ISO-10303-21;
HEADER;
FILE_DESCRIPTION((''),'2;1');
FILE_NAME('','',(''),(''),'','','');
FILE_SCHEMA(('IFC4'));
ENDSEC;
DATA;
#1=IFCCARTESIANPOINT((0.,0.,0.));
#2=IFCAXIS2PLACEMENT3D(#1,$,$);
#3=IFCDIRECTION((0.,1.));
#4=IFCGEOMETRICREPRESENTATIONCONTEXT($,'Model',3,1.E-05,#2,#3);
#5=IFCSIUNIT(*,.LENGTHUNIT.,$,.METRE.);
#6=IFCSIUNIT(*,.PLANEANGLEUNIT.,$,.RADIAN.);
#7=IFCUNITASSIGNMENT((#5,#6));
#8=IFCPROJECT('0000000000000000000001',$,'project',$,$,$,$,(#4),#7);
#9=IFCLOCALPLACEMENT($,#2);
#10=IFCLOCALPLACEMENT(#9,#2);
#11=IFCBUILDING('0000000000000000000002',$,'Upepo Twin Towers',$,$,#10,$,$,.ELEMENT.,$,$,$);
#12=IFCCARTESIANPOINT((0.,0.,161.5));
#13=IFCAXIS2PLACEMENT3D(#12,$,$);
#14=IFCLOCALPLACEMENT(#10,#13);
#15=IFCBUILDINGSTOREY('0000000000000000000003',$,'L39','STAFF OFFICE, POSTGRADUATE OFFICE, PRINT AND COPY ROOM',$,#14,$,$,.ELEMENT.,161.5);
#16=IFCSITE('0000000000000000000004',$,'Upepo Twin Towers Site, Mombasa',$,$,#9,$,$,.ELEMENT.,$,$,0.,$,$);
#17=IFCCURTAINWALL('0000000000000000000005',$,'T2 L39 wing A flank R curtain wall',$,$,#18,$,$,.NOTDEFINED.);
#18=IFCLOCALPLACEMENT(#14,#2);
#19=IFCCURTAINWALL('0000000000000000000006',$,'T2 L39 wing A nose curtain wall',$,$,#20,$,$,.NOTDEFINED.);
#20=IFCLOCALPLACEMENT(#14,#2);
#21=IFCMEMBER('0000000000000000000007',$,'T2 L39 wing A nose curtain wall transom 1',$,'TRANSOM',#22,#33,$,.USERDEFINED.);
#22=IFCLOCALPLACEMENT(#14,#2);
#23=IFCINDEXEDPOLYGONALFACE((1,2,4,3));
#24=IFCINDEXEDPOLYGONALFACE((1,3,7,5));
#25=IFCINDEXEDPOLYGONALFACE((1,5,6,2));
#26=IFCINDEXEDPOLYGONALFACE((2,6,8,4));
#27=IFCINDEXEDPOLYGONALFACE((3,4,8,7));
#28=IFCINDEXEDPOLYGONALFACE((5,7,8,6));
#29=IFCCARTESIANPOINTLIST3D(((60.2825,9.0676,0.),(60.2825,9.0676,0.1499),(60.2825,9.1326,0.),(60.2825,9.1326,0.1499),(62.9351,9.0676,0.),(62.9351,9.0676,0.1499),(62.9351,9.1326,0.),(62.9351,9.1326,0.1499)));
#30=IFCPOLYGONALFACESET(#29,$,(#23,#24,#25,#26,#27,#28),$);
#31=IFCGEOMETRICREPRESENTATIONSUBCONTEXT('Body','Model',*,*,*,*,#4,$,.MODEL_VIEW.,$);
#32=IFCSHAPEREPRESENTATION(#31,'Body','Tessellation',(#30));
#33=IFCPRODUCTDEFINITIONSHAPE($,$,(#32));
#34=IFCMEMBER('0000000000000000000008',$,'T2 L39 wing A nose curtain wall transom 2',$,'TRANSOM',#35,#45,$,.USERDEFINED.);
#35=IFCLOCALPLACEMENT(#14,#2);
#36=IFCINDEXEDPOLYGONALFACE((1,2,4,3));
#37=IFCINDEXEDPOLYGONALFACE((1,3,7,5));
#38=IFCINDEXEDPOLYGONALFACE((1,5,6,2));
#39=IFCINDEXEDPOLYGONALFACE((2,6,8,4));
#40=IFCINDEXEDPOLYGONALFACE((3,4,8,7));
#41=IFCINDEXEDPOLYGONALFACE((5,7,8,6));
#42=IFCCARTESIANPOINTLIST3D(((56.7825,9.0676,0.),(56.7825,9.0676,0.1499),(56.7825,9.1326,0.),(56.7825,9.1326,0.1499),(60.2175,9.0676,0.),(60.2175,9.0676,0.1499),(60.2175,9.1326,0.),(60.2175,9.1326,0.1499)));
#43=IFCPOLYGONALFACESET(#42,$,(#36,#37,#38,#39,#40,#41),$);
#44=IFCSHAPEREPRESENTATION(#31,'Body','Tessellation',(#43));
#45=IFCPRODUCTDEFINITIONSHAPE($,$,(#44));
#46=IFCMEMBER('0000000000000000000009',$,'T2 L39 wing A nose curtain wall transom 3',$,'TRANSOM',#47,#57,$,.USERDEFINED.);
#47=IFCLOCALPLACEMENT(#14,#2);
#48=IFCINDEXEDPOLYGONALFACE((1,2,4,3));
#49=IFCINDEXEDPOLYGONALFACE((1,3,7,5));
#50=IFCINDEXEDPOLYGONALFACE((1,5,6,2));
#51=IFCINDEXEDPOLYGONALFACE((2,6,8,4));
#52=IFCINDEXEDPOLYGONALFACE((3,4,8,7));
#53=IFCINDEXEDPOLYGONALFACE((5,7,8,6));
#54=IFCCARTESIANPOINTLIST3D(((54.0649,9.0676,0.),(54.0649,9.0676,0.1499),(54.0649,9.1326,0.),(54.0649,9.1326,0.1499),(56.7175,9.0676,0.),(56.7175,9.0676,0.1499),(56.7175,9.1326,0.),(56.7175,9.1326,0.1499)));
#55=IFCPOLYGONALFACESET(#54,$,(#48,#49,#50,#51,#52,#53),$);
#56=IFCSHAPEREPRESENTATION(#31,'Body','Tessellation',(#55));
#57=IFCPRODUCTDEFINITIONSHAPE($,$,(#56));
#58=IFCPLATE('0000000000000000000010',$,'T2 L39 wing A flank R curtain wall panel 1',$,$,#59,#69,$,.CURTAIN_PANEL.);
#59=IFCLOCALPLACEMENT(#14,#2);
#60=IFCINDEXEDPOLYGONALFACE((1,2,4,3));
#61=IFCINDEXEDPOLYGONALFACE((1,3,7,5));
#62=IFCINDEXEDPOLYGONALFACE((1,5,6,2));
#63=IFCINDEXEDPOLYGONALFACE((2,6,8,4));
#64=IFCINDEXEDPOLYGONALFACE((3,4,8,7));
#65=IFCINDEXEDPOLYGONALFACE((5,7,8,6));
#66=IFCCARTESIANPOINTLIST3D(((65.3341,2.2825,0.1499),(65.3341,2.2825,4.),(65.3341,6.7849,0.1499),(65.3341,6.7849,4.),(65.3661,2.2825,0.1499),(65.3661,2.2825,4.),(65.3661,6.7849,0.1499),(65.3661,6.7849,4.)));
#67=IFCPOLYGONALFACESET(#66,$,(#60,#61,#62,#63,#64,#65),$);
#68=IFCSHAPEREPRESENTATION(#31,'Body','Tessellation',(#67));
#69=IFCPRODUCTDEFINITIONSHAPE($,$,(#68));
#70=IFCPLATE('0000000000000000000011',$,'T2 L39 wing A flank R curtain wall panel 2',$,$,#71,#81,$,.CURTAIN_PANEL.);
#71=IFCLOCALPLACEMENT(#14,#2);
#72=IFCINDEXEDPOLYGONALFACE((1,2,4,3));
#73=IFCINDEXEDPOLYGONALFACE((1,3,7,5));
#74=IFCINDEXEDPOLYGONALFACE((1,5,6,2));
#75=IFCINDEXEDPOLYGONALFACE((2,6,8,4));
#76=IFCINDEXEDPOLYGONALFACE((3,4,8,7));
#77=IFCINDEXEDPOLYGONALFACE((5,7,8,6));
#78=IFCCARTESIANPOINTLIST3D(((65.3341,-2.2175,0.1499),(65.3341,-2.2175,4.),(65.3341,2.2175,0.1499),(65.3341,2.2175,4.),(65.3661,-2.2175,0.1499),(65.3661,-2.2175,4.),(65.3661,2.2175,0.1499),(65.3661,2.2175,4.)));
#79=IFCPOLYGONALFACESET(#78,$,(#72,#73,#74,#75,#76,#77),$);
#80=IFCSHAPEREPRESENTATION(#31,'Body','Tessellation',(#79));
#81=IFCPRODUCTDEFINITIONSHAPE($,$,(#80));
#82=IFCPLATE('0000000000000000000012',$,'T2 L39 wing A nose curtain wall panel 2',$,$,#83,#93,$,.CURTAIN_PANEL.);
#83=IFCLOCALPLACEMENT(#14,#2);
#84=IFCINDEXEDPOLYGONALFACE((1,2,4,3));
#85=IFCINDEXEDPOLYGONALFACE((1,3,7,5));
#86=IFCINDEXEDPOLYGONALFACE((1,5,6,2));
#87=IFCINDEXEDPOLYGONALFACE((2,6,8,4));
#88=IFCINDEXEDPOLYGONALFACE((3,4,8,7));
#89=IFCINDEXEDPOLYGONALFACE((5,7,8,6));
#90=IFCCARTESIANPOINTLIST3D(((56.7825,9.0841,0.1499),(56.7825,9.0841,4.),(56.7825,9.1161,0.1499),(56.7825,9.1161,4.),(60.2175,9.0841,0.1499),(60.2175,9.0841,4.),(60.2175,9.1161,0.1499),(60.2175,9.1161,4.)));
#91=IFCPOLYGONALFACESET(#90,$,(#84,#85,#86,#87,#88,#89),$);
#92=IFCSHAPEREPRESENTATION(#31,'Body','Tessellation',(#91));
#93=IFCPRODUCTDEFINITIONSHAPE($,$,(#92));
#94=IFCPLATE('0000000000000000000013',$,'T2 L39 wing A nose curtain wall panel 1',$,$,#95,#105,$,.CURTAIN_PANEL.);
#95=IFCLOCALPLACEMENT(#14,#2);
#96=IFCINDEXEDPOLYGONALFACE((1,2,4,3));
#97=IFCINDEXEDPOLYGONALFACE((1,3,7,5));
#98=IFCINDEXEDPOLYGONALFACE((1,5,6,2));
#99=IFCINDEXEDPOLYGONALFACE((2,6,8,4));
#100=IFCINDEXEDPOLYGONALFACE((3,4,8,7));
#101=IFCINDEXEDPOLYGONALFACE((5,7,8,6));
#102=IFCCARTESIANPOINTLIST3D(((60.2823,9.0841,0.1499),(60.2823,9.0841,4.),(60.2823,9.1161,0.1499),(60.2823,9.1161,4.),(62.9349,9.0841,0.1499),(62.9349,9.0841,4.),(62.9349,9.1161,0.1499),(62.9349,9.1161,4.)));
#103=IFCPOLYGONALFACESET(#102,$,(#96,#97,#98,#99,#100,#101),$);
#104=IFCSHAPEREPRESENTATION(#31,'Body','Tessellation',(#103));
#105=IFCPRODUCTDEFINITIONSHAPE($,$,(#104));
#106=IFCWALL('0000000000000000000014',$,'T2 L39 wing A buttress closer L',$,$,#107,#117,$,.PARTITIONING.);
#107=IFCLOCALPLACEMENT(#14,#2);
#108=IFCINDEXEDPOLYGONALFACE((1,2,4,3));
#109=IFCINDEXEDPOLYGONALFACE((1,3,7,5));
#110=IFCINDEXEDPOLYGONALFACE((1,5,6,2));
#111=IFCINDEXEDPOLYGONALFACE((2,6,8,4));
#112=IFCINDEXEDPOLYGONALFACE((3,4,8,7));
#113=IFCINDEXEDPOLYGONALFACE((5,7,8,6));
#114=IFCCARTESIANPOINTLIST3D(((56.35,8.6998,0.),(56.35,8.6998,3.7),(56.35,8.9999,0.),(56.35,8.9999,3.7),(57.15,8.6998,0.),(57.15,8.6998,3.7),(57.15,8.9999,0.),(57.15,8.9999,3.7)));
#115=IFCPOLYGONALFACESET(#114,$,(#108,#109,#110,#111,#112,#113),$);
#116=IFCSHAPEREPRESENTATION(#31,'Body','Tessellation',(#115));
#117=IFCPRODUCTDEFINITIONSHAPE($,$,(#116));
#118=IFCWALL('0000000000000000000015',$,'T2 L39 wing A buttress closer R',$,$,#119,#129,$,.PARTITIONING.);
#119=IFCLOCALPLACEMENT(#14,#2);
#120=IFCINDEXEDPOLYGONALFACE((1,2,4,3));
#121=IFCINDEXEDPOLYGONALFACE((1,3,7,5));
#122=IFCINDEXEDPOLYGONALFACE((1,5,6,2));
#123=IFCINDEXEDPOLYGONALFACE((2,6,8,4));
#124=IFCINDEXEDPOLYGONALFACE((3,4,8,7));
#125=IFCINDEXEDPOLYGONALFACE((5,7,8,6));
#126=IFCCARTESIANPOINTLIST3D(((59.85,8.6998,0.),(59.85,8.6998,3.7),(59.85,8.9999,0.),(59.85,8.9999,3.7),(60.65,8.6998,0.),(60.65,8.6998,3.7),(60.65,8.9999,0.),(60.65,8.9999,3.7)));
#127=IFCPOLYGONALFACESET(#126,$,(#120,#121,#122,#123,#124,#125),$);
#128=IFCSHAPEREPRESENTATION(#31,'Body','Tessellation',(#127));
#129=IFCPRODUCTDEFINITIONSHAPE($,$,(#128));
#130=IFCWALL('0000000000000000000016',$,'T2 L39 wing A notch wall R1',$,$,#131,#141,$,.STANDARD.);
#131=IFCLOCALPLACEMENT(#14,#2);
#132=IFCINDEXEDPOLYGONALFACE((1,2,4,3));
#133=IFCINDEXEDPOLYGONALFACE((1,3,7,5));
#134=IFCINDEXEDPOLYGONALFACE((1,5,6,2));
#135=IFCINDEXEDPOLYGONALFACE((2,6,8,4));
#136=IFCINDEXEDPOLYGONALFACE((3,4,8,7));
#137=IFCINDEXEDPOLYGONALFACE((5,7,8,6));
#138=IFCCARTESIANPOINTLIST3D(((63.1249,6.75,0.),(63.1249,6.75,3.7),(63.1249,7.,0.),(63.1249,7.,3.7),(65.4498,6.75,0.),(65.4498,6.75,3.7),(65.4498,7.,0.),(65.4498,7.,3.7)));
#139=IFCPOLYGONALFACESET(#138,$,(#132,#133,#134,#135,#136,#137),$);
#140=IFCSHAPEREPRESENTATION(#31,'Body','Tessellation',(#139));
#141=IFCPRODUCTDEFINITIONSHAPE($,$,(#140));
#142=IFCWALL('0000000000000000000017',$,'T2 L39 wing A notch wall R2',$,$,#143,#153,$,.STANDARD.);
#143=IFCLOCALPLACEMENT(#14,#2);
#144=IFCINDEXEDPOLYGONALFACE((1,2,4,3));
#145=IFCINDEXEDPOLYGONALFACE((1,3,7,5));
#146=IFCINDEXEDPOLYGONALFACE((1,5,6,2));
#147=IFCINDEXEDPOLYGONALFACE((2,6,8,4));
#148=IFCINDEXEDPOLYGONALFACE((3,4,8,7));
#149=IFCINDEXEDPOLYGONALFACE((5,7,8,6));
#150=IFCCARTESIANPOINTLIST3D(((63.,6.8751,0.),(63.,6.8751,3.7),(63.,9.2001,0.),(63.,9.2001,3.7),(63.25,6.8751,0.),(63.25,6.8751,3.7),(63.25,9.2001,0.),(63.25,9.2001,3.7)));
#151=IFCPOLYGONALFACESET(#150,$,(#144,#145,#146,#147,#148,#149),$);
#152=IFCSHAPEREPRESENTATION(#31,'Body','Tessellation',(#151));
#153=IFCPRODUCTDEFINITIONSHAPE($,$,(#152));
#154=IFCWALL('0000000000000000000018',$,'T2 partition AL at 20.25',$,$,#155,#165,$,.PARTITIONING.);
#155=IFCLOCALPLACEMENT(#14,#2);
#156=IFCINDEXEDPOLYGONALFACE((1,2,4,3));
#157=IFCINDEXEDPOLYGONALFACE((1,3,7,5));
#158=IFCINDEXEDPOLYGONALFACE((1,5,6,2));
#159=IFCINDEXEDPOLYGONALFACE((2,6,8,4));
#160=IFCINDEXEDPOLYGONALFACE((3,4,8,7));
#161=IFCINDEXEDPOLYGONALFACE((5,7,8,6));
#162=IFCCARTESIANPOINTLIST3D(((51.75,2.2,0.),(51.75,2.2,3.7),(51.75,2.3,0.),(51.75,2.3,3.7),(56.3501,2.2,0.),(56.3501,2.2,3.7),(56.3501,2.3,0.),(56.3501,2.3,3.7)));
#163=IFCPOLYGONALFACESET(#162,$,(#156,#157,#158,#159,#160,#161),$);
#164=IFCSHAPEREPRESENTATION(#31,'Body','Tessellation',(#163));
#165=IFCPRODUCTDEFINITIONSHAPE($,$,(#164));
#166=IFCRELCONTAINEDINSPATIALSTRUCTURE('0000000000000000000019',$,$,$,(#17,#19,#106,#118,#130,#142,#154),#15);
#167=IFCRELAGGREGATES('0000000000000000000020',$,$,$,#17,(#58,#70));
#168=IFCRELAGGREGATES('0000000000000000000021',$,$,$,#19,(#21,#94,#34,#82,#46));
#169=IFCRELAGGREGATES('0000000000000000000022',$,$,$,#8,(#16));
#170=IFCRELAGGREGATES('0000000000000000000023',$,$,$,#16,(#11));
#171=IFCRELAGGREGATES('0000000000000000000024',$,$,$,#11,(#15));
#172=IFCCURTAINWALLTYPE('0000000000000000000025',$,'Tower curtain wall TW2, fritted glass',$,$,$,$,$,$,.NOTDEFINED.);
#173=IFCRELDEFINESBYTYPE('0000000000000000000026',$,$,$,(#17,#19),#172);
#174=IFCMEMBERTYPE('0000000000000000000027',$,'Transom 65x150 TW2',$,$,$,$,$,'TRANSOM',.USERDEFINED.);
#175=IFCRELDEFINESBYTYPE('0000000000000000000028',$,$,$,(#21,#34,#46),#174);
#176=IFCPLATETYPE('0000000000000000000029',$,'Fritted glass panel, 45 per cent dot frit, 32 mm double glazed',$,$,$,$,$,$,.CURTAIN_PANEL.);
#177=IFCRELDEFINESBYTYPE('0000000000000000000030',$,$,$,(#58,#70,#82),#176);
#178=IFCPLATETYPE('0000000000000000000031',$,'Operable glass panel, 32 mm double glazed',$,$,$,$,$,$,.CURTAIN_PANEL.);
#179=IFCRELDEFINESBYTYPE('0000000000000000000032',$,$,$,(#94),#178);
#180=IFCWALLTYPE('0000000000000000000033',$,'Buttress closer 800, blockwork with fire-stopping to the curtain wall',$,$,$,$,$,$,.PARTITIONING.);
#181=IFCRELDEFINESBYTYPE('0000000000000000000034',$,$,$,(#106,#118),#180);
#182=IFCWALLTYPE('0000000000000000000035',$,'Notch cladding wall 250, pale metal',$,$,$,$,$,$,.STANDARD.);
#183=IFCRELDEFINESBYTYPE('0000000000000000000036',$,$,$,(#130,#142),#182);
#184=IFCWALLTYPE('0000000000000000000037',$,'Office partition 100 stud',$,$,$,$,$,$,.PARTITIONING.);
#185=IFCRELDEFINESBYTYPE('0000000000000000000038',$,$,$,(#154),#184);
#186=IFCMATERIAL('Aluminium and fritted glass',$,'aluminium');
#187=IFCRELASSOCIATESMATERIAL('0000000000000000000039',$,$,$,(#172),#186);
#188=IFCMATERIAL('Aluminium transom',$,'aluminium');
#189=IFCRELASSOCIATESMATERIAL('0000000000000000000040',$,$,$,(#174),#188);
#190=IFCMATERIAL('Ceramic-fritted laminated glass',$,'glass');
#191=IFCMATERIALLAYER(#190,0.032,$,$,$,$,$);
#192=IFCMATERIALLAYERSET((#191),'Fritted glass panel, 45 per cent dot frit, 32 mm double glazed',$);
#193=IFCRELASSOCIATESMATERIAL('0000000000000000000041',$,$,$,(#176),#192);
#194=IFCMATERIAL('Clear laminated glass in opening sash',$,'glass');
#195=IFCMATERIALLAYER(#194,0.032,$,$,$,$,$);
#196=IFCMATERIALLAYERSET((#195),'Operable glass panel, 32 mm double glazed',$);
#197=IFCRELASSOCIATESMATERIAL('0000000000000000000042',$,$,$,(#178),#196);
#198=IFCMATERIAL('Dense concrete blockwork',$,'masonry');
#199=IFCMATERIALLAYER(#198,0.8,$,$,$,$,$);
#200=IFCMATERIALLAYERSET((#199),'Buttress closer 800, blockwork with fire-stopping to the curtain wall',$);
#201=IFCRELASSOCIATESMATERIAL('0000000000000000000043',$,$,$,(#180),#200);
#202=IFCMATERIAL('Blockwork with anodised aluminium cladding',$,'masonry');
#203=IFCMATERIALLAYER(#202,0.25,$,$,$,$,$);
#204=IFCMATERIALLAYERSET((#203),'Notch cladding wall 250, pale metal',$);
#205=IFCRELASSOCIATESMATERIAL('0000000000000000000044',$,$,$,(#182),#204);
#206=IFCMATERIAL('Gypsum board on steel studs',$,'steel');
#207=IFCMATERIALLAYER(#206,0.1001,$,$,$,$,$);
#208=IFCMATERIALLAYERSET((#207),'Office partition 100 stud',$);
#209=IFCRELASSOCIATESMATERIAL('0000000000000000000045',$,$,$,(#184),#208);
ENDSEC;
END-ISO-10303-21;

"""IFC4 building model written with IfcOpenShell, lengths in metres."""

from ifc_helpers import new_model, si_unit, direction, frame, frame_2d, origin, origin_2d, place, context, subcontext, project, spatial, rectangle, extrude, material, layer, layer_set, material_profile, profile_set, type_object, element, aggregate, save


model = new_model("IFC4")

# Units and contexts
model_context = context("Model", 3, precision=1e-05, world=origin(), true_north=direction((0.0, 1.0)))
body_context = subcontext(model_context, "Body", "Model", "MODEL_VIEW")
ifc_project = project(units=[si_unit("LENGTHUNIT", "METRE"), si_unit("PLANEANGLEUNIT", "RADIAN")], contexts=[model_context])

# Site, building, storey
site_placement = place(None, origin())
site = spatial("IfcSite", under=ifc_project, at=site_placement, Name="Upepo Twin Towers Site, Mombasa", CompositionType="ELEMENT", RefElevation=0.0)
building_placement = place(site_placement, origin())
building = spatial("IfcBuilding", under=site, at=building_placement, Name="Upepo Twin Towers", CompositionType="ELEMENT")
storey_placement = place(building_placement, frame((0.0, 0.0, 161.5)))
storey = spatial("IfcBuildingStorey", under=building, at=storey_placement, Name="L39", Description="STAFF OFFICE, POSTGRADUATE OFFICE, PRINT AND COPY ROOM", CompositionType="ELEMENT", Elevation=161.5)

# Curtain walls
ifc_material_1 = material(Name="Aluminium and fritted glass", Category="aluminium")
curtain_wall_type = type_object("IfcCurtainWallType", Name="Tower curtain wall TW2, fritted glass", PredefinedType="NOTDEFINED", material=ifc_material_1)
curtain_wall_1_placement = place(storey_placement, origin())
curtain_wall_1 = element("IfcCurtainWall", 1, at=curtain_wall_1_placement, inside=storey, type_object=curtain_wall_type, Name="T2 L39 wing A flank R curtain wall", PredefinedType="NOTDEFINED")
curtain_wall_2_placement = place(storey_placement, origin())
curtain_wall_2 = element("IfcCurtainWall", 2, at=curtain_wall_2_placement, inside=storey, type_object=curtain_wall_type, Name="T2 L39 wing A nose curtain wall", PredefinedType="NOTDEFINED")

# Members
ifc_material_2 = material(Name="Aluminium transom", Category="aluminium")
ifc_material_profile_1 = material_profile(ifc_material_2, rectangle(XDim=0.0649, YDim=0.1499, at=origin_2d()), Name="TRANSOM 65x150")
ifc_profile_set_1 = profile_set([ifc_material_profile_1], Name="Aluminium transom")
member_type_1 = type_object("IfcMemberType", Name="Transom 65x150 TW2", ElementType="TRANSOM", PredefinedType="USERDEFINED", material=ifc_profile_set_1)
member_1_placement = place(storey_placement, frame((62.9351, 9.1001, 0.075), z_axis=(-1.0, 0.0, 0.0), x_axis=(0.0, -1.0, 0.0)))
member_1 = element("IfcMember", 3, at=member_1_placement, type_object=member_type_1, Name="T2 L39 wing A nose curtain wall transom 1", ObjectType="TRANSOM", PredefinedType="USERDEFINED", context=body_context, shape_type="SweptSolid", body=[
    extrude(rectangle(XDim=0.0649, YDim=0.1499, at=origin_2d()), origin(), (0.0, 0.0, 1.0), 2.6526),
])
member_2_placement = place(storey_placement, frame((60.2175, 9.1001, 0.075), z_axis=(-1.0, 0.0, 0.0), x_axis=(0.0, -1.0, 0.0)))
member_2 = element("IfcMember", 4, at=member_2_placement, type_object=member_type_1, Name="T2 L39 wing A nose curtain wall transom 2", ObjectType="TRANSOM", PredefinedType="USERDEFINED", context=body_context, shape_type="SweptSolid", body=[
    extrude(rectangle(XDim=0.0649, YDim=0.1499, at=origin_2d()), origin(), (0.0, 0.0, 1.0), 3.4351),
])
member_3_placement = place(storey_placement, frame((56.7175, 9.1001, 0.075), z_axis=(-1.0, 0.0, 0.0), x_axis=(0.0, -1.0, 0.0)))
member_3 = element("IfcMember", 5, at=member_3_placement, type_object=member_type_1, Name="T2 L39 wing A nose curtain wall transom 3", ObjectType="TRANSOM", PredefinedType="USERDEFINED", context=body_context, shape_type="SweptSolid", body=[
    extrude(rectangle(XDim=0.0649, YDim=0.1499, at=origin_2d()), origin(), (0.0, 0.0, 1.0), 2.6526),
])

# Plates
ifc_material_3 = material(Name="Ceramic-fritted laminated glass", Category="glass")
ifc_layer_1 = layer(ifc_material_3, 0.032)
ifc_layer_set_1 = layer_set([ifc_layer_1], Name="Fritted glass panel, 45 per cent dot frit, 32 mm double glazed")
plate_type_1 = type_object("IfcPlateType", Name="Fritted glass panel, 45 per cent dot frit, 32 mm double glazed", PredefinedType="CURTAIN_PANEL", material=ifc_layer_set_1)
plate_1_placement = place(storey_placement, frame((65.3501, 4.5337, 0.1499), z_axis=(0.0, 0.0, 1.0), x_axis=(0.0, -1.0, 0.0)))
plate_1 = element("IfcPlate", 6, at=plate_1_placement, type_object=plate_type_1, Name="T2 L39 wing A flank R curtain wall panel 1", PredefinedType="CURTAIN_PANEL", context=body_context, shape_type="SweptSolid", body=[
    extrude(rectangle(XDim=4.5024, YDim=0.032, at=origin_2d()), origin(), (0.0, 0.0, 1.0), 3.8501),
])
plate_2_placement = place(storey_placement, frame((65.3501, 0.0, 0.1499), z_axis=(0.0, 0.0, 1.0), x_axis=(0.0, -1.0, 0.0)))
plate_2 = element("IfcPlate", 7, at=plate_2_placement, type_object=plate_type_1, Name="T2 L39 wing A flank R curtain wall panel 2", PredefinedType="CURTAIN_PANEL", context=body_context, shape_type="SweptSolid", body=[
    extrude(rectangle(XDim=4.4351, YDim=0.032, at=origin_2d()), origin(), (0.0, 0.0, 1.0), 3.8501),
])
aggregate(curtain_wall_1, [plate_1, plate_2])
plate_3_placement = place(storey_placement, frame((58.5, 9.1001, 0.1499), z_axis=(0.0, 0.0, 1.0), x_axis=(-1.0, 0.0, 0.0)))
plate_3 = element("IfcPlate", 8, at=plate_3_placement, type_object=plate_type_1, Name="T2 L39 wing A nose curtain wall panel 2", PredefinedType="CURTAIN_PANEL", context=body_context, shape_type="SweptSolid", body=[
    extrude(rectangle(XDim=3.4351, YDim=0.032, at=origin_2d()), origin(), (0.0, 0.0, 1.0), 3.8501),
])
ifc_material_4 = material(Name="Clear laminated glass in opening sash", Category="glass")
ifc_layer_2 = layer(ifc_material_4, 0.032)
ifc_layer_set_2 = layer_set([ifc_layer_2], Name="Operable glass panel, 32 mm double glazed")
plate_type_2 = type_object("IfcPlateType", Name="Operable glass panel, 32 mm double glazed", PredefinedType="CURTAIN_PANEL", material=ifc_layer_set_2)
plate_4_placement = place(storey_placement, frame((61.6086, 9.1001, 0.1499), z_axis=(0.0, 0.0, 1.0), x_axis=(-1.0, 0.0, 0.0)))
plate_4 = element("IfcPlate", 9, at=plate_4_placement, type_object=plate_type_2, Name="T2 L39 wing A nose curtain wall panel 1", PredefinedType="CURTAIN_PANEL", context=body_context, shape_type="SweptSolid", body=[
    extrude(rectangle(XDim=2.6526, YDim=0.032, at=origin_2d()), origin(), (0.0, 0.0, 1.0), 3.8501),
])
aggregate(curtain_wall_2, [member_1, plate_4, member_2, plate_3, member_3])

# Walls
ifc_material_5 = material(Name="Dense concrete blockwork", Category="masonry")
ifc_layer_3 = layer(ifc_material_5, 0.8)
ifc_layer_set_3 = layer_set([ifc_layer_3], Name="Buttress closer 800, blockwork with fire-stopping to the curtain wall")
wall_type_1 = type_object("IfcWallType", Name="Buttress closer 800, blockwork with fire-stopping to the curtain wall", PredefinedType="PARTITIONING", material=ifc_layer_set_3)
for number, where, z_axis, x_axis, name in (
    (10, (56.75, 8.7, 0.0), (0.0, 0.0, 1.0), (0.0, 1.0, 0.0), "T2 L39 wing A buttress closer L"),
    (11, (60.25, 8.7, 0.0), (0.0, 0.0, 1.0), (0.0, 1.0, 0.0), "T2 L39 wing A buttress closer R"),
):
    element("IfcWall", number, at=place(storey_placement, frame(where, z_axis=z_axis, x_axis=x_axis)), inside=storey, type_object=wall_type_1, Name=name, PredefinedType="PARTITIONING", context=body_context, shape_type="SweptSolid", body=[
        extrude(rectangle(XDim=0.3, YDim=0.8, at=frame_2d((0.1499, 0.0))), origin(), (0.0, 0.0, 1.0), 3.7),
    ])
ifc_material_6 = material(Name="Blockwork with anodised aluminium cladding", Category="masonry")
ifc_layer_4 = layer(ifc_material_6, 0.25)
ifc_layer_set_4 = layer_set([ifc_layer_4], Name="Notch cladding wall 250, pale metal")
wall_type_2 = type_object("IfcWallType", Name="Notch cladding wall 250, pale metal", PredefinedType="STANDARD", material=ifc_layer_set_4)
for number, where, z_axis, x_axis, name in (
    (12, (65.45, 6.875, 0.0), (0.0, 0.0, 1.0), (-1.0, 0.0, 0.0), "T2 L39 wing A notch wall R1"),
    (13, (63.125, 6.875, 0.0), (0.0, 0.0, 1.0), (0.0, 1.0, 0.0), "T2 L39 wing A notch wall R2"),
):
    element("IfcWall", number, at=place(storey_placement, frame(where, z_axis=z_axis, x_axis=x_axis)), inside=storey, type_object=wall_type_2, Name=name, PredefinedType="STANDARD", context=body_context, shape_type="SweptSolid", body=[
        extrude(rectangle(XDim=2.325, YDim=0.25, at=frame_2d((1.1626, 0.0))), origin(), (0.0, 0.0, 1.0), 3.7),
    ])
ifc_material_7 = material(Name="Gypsum board on steel studs", Category="steel")
ifc_layer_5 = layer(ifc_material_7, 0.1001)
ifc_layer_set_5 = layer_set([ifc_layer_5], Name="Office partition 100 stud")
wall_type_3 = type_object("IfcWallType", Name="Office partition 100 stud", PredefinedType="PARTITIONING", material=ifc_layer_set_5)
wall_1_placement = place(storey_placement, frame((56.3501, 2.25, 0.0), z_axis=(0.0, 0.0, 1.0), x_axis=(-1.0, 0.0, 0.0)))
element("IfcWall", 14, at=wall_1_placement, inside=storey, type_object=wall_type_3, Name="T2 partition AL at 20.25", PredefinedType="PARTITIONING", context=body_context, shape_type="SweptSolid", body=[
    extrude(rectangle(XDim=4.6001, YDim=0.1001, at=frame_2d((2.3, 0.0))), origin(), (0.0, 0.0, 1.0), 3.7),
])

save(model, "model.ifc")
